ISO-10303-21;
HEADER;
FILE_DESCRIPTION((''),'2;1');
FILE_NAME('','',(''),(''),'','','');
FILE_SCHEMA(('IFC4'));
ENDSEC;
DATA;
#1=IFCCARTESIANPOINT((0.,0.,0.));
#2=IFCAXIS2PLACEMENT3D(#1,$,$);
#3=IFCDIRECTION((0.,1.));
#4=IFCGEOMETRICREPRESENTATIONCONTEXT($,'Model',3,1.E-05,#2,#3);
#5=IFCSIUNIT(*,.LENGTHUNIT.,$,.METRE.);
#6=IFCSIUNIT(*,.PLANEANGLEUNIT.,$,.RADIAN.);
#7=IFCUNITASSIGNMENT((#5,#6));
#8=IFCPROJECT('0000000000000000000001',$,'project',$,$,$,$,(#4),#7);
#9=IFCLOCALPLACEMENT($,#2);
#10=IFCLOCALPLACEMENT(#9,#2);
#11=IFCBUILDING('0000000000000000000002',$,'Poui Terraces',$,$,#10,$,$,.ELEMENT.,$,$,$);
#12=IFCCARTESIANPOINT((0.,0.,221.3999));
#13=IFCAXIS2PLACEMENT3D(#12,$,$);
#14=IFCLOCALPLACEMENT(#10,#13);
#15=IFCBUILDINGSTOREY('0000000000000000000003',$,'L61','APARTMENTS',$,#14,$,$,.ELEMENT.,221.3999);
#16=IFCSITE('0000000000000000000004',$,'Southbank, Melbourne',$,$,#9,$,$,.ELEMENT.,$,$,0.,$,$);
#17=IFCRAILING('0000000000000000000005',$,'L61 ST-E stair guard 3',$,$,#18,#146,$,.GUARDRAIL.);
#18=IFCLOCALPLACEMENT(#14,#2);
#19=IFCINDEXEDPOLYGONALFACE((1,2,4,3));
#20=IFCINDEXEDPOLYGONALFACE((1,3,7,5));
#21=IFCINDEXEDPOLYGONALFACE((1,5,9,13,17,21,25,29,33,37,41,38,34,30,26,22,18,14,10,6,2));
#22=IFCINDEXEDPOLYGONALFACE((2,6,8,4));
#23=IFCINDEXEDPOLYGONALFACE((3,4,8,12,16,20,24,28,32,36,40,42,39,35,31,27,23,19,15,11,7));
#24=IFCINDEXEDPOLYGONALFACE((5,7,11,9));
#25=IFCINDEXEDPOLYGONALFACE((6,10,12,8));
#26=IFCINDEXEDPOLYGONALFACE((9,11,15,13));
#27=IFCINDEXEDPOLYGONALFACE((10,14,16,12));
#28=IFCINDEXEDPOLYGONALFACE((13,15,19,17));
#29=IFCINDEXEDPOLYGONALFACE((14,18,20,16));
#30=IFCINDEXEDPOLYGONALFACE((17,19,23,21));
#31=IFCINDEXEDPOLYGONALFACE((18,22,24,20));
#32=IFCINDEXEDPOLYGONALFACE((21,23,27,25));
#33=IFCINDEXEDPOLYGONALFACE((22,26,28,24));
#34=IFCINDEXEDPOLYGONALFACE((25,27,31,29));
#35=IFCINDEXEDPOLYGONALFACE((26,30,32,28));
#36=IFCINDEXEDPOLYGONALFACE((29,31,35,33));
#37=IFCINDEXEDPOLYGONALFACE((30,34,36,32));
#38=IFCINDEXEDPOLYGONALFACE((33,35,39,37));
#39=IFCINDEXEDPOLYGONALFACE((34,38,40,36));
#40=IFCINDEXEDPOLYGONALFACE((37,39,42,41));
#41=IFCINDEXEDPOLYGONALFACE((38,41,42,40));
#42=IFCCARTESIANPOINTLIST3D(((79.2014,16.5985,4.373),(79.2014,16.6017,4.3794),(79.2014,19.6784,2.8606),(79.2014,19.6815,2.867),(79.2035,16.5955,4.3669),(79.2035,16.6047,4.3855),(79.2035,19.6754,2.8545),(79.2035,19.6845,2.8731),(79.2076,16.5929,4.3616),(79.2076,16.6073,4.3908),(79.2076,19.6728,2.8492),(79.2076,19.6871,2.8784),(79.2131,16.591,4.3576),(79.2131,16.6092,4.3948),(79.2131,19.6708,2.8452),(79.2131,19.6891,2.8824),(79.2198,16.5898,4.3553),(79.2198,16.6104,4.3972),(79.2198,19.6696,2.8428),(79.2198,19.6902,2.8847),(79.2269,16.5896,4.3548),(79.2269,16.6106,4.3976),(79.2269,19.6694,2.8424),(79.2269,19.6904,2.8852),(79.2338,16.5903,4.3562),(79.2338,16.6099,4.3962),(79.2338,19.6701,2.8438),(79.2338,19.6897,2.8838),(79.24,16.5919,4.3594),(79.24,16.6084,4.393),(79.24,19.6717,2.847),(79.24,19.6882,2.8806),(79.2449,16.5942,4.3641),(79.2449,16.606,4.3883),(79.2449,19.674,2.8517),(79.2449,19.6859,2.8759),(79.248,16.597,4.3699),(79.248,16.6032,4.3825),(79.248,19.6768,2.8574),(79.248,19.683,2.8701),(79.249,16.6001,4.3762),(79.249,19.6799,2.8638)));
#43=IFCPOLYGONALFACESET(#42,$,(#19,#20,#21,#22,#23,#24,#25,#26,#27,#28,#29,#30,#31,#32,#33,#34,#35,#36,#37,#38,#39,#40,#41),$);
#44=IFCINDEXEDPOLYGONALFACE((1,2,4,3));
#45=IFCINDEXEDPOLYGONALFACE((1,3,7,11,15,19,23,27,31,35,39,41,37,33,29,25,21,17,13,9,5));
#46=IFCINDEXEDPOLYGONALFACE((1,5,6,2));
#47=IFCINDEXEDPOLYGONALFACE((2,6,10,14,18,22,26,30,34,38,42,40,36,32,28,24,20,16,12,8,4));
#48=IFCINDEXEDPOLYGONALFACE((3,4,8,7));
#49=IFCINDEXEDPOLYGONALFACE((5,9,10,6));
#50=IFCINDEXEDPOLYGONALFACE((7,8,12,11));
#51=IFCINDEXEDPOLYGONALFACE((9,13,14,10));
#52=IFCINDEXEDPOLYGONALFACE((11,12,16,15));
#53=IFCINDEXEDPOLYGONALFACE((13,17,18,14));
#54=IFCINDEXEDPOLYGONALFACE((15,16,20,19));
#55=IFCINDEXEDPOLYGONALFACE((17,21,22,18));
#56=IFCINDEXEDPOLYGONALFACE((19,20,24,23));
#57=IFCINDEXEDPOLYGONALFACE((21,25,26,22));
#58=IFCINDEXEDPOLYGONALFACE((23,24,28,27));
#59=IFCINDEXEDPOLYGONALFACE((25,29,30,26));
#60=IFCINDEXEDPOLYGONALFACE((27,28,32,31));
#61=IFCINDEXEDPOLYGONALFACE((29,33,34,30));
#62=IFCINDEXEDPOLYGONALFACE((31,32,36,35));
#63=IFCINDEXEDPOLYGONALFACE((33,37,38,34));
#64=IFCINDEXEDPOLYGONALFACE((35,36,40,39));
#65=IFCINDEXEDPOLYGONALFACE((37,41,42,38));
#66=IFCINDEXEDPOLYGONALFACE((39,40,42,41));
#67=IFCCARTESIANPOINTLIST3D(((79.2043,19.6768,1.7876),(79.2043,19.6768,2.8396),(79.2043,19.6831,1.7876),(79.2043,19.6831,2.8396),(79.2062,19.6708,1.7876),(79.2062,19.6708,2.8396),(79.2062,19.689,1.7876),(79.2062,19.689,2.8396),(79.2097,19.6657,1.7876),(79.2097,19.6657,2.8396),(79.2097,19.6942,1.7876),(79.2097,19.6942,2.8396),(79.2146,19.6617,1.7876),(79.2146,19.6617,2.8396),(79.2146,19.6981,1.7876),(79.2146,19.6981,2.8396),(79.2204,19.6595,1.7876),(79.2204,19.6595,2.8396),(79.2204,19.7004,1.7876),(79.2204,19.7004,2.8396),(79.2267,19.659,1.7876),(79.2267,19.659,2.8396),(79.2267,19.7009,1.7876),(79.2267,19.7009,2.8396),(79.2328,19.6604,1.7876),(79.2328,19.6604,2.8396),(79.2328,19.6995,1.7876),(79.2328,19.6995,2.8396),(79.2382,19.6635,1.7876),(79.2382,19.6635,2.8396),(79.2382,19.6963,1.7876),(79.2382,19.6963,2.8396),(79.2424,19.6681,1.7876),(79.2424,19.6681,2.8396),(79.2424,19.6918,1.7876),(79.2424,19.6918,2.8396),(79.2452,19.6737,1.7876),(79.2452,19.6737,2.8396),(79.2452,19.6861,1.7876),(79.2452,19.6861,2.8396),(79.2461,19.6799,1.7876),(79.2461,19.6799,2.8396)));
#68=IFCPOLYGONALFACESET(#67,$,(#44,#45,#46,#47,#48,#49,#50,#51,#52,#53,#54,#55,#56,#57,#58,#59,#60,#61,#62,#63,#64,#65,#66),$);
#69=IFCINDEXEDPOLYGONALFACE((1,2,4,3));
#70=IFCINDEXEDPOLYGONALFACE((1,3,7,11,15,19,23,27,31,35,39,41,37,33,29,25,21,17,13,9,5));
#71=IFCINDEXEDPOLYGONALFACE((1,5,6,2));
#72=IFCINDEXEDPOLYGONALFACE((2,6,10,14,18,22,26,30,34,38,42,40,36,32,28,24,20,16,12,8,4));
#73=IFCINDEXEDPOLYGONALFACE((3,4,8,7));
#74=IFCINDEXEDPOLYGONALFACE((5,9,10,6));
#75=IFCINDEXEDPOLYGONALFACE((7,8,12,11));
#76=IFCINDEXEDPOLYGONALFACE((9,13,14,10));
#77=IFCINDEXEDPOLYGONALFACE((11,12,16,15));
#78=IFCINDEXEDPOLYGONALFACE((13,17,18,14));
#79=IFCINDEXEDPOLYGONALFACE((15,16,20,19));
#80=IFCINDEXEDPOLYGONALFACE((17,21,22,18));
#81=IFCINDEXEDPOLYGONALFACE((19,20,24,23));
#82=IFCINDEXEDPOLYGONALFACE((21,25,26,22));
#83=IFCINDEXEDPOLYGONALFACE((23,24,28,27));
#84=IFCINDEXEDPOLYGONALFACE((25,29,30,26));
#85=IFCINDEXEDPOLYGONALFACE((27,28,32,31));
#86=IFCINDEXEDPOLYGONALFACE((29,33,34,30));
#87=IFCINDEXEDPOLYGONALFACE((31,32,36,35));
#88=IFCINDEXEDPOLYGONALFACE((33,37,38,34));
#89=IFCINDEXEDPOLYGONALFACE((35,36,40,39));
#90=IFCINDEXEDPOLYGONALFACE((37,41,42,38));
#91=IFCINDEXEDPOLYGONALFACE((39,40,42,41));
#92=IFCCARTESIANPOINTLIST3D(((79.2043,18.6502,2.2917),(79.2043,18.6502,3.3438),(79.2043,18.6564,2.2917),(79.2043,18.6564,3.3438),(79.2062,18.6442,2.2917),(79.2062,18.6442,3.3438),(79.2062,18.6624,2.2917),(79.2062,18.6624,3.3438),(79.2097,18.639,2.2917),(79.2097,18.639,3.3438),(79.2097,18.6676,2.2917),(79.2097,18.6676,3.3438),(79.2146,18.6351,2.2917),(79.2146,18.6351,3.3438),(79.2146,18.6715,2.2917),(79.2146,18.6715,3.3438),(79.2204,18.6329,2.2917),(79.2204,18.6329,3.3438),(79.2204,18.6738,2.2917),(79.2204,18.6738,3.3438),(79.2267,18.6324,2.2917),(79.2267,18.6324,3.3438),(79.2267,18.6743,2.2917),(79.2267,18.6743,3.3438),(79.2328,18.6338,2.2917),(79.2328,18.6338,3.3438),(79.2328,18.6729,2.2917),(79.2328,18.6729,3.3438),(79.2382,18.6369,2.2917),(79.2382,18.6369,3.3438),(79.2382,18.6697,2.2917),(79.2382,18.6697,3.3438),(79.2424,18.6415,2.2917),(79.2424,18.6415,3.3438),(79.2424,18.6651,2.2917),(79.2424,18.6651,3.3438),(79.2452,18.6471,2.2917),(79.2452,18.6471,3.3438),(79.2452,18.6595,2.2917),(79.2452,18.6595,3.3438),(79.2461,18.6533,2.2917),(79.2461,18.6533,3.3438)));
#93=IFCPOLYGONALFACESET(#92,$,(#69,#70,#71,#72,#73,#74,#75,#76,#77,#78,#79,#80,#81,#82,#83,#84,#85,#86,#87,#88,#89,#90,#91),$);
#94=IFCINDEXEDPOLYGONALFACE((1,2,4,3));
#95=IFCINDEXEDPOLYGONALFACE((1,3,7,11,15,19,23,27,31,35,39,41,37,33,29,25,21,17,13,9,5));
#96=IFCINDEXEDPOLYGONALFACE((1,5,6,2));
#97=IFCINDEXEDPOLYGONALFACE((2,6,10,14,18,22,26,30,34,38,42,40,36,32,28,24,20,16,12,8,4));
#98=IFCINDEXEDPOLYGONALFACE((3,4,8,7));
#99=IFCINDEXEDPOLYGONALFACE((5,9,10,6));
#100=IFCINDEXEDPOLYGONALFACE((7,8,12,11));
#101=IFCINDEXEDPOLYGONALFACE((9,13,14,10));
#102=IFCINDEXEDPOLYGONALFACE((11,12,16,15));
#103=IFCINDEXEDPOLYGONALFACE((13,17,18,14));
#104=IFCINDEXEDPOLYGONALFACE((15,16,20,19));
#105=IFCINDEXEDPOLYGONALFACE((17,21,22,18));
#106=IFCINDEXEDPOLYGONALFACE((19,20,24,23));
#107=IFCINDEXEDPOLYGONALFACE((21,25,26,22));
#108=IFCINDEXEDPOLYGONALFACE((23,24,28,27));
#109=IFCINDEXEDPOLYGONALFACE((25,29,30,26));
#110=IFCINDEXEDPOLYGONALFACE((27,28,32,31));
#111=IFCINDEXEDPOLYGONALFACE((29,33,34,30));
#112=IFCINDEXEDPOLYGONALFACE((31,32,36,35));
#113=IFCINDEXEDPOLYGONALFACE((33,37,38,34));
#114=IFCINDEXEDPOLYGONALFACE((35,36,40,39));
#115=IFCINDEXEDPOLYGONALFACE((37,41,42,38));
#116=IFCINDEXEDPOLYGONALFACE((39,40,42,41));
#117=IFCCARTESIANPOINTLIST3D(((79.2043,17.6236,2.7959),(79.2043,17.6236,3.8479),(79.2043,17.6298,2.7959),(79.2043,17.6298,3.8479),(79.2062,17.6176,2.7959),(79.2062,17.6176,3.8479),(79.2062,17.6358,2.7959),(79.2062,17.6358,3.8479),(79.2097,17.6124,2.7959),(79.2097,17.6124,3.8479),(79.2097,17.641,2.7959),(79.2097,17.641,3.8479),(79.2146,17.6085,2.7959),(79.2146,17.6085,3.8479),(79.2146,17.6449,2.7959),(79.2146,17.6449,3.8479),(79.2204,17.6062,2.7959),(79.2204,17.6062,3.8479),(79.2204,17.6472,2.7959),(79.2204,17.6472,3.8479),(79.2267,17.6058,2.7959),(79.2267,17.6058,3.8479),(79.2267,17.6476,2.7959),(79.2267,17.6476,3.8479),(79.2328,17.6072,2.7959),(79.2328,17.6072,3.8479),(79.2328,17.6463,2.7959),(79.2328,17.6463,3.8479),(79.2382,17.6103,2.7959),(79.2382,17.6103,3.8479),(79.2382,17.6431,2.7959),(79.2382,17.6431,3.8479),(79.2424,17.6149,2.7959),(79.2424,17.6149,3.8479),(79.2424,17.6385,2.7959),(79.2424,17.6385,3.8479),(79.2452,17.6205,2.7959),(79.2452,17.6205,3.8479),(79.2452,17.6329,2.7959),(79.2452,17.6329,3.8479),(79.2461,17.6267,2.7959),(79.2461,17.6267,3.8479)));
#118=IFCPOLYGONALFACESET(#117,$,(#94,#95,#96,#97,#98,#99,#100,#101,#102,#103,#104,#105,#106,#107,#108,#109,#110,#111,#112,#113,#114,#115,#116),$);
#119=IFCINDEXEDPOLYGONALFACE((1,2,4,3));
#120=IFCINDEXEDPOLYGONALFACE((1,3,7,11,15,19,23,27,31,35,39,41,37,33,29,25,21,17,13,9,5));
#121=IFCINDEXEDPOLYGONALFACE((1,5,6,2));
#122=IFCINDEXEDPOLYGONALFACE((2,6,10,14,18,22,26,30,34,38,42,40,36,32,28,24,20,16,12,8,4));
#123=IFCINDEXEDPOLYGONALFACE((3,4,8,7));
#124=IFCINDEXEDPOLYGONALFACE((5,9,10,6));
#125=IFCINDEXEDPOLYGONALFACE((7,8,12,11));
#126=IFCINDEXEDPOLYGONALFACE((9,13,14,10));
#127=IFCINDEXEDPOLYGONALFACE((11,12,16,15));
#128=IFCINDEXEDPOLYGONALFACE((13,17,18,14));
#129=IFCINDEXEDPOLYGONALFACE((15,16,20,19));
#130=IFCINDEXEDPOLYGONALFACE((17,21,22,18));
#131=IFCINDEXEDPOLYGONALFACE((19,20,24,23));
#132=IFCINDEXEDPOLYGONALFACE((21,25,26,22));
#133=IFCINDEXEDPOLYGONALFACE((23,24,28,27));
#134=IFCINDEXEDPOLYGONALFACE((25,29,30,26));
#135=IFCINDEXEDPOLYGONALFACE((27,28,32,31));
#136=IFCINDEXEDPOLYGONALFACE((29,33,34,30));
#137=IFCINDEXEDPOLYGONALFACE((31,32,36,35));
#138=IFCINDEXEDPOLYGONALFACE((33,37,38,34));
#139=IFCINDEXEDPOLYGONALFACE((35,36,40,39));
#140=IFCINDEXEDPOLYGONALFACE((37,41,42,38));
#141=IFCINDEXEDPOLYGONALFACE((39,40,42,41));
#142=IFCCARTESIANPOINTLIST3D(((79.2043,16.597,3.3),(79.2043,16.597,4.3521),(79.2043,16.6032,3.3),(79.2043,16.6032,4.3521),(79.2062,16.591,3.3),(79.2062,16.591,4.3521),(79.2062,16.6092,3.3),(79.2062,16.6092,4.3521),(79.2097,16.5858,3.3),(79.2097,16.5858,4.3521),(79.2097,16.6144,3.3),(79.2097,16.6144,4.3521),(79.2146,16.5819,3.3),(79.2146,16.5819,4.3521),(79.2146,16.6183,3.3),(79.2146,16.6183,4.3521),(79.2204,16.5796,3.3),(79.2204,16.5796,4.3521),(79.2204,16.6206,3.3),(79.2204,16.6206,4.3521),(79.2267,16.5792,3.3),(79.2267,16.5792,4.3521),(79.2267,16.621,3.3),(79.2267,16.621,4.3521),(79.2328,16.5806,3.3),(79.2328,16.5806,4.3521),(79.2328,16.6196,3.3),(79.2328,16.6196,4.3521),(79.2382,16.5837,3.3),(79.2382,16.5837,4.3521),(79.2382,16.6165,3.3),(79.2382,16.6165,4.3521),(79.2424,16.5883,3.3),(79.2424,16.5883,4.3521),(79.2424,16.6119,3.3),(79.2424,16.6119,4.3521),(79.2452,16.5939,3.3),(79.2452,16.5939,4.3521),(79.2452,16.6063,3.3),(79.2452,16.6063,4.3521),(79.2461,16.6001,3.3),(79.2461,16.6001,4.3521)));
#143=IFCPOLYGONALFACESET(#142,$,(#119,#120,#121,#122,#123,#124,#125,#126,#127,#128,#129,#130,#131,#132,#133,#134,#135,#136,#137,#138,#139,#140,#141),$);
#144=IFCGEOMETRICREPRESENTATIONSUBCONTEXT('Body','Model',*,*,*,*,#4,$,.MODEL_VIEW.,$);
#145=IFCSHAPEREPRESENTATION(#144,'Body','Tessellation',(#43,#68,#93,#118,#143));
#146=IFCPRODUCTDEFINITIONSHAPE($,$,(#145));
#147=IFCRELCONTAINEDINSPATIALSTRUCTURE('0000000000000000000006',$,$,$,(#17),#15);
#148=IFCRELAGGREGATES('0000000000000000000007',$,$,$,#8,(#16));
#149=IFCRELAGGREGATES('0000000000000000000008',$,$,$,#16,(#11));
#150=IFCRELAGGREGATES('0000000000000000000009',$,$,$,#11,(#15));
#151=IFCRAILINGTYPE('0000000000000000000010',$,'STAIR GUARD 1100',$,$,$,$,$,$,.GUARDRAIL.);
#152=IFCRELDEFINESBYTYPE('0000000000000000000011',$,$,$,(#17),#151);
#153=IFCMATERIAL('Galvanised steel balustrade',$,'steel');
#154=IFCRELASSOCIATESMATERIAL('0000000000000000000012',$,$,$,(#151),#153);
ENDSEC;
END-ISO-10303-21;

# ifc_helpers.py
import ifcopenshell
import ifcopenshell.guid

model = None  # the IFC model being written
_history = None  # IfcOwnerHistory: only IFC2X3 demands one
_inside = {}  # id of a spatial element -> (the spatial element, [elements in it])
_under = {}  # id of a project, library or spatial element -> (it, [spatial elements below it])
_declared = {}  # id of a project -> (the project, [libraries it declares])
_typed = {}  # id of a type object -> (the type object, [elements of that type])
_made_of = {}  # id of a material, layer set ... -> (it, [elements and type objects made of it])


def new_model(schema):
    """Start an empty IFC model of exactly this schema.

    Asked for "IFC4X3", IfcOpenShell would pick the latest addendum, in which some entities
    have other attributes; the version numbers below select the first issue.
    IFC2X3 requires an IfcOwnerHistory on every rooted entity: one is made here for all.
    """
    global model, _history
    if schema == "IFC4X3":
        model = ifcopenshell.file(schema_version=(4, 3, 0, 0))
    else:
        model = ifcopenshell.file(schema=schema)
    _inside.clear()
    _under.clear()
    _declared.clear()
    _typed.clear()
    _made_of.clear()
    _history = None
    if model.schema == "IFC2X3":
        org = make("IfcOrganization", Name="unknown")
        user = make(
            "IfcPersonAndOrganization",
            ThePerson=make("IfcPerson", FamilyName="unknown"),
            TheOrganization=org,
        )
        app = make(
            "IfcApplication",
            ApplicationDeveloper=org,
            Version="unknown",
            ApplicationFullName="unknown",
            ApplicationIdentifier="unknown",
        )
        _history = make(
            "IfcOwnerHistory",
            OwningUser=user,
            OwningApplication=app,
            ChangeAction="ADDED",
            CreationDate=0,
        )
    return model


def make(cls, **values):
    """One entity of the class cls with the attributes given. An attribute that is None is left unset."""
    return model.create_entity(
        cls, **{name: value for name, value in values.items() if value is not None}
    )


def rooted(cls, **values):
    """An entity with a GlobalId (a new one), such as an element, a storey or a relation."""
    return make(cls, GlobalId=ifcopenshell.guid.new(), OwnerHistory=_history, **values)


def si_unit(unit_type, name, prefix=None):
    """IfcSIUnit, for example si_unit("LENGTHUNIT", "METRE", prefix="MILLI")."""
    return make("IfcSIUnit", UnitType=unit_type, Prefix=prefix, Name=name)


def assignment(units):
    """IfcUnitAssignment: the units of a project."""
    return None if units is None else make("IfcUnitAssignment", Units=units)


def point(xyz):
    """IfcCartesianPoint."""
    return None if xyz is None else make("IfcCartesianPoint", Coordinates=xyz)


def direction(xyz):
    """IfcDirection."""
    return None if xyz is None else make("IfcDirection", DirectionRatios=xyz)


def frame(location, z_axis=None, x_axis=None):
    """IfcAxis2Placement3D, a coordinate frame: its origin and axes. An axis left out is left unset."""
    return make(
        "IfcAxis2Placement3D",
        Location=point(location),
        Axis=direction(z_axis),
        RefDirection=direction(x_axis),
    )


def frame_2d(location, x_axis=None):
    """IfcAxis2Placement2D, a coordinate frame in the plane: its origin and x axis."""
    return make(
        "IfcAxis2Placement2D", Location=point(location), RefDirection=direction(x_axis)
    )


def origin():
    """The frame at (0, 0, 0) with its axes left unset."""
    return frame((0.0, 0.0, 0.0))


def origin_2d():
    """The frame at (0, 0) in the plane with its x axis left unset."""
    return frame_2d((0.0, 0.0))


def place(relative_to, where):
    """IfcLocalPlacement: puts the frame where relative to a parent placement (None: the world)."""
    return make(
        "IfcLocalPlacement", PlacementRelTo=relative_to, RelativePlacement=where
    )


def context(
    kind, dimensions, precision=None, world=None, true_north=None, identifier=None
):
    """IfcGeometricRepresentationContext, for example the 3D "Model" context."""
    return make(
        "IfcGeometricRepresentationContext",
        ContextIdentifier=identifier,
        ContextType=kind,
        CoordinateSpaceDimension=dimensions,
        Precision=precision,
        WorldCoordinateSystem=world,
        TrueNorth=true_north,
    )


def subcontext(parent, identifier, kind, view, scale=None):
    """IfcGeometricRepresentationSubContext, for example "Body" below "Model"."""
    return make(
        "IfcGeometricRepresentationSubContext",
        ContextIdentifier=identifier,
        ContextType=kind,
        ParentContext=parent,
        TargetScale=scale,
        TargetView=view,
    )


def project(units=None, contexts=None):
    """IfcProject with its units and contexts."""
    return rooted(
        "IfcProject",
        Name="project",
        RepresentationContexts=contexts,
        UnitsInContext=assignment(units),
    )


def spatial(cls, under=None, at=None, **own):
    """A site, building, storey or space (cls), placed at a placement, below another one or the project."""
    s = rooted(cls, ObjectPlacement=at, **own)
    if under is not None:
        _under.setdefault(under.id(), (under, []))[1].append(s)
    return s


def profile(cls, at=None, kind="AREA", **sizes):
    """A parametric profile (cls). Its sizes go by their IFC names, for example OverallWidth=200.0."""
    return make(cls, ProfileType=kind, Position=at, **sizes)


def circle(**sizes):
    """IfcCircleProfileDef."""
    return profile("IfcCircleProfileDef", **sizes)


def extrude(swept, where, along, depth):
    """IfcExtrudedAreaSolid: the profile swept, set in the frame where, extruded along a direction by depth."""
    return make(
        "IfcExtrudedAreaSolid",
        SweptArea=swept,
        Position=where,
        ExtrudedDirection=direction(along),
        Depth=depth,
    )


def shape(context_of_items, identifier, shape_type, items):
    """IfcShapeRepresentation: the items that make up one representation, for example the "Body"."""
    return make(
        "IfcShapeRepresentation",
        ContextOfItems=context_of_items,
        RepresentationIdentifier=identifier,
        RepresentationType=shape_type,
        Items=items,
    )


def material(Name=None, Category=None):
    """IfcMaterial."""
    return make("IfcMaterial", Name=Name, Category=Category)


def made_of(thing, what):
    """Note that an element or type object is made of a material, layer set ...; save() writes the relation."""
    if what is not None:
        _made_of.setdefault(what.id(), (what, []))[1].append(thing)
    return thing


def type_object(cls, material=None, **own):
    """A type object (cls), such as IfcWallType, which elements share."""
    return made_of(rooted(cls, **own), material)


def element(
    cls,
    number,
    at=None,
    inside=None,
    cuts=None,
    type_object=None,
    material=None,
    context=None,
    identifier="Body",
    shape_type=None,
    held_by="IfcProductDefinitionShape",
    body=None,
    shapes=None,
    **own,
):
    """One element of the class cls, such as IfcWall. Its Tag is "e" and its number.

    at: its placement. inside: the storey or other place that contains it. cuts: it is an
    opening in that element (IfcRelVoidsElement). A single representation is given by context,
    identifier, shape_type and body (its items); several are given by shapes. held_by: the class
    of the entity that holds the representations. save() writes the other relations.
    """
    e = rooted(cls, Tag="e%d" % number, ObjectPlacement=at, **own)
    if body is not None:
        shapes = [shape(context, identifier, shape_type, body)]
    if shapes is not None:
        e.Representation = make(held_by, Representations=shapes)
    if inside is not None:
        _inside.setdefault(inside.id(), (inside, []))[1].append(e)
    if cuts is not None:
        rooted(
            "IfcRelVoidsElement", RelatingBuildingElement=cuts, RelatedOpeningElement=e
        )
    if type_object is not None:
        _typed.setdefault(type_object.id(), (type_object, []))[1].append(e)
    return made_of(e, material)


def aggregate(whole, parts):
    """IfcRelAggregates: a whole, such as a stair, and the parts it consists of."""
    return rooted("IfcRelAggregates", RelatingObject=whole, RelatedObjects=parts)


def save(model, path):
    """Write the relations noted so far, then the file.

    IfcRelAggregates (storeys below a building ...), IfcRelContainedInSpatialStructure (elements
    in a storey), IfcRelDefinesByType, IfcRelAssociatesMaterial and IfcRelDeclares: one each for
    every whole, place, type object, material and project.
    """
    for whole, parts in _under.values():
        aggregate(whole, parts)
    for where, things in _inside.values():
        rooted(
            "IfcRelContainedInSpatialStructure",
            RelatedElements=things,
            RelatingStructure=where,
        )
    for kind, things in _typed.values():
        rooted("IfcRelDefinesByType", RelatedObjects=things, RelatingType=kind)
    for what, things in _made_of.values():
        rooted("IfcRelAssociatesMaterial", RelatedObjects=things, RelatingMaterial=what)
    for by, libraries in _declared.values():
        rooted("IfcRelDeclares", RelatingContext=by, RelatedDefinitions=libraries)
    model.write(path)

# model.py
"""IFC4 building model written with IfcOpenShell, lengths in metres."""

from ifc_helpers import new_model, si_unit, direction, frame, origin, origin_2d, place, context, subcontext, project, spatial, circle, extrude, material, type_object, element, save


model = new_model("IFC4")

# Units and contexts
model_context = context("Model", 3, precision=1e-05, world=origin(), true_north=direction((0.0, 1.0)))
body_context = subcontext(model_context, "Body", "Model", "MODEL_VIEW")
ifc_project = project(units=[si_unit("LENGTHUNIT", "METRE"), si_unit("PLANEANGLEUNIT", "RADIAN")], contexts=[model_context])

# Site, building, storey
site_placement = place(None, origin())
site = spatial("IfcSite", under=ifc_project, at=site_placement, Name="Southbank, Melbourne", CompositionType="ELEMENT", RefElevation=0.0)
building_placement = place(site_placement, origin())
building = spatial("IfcBuilding", under=site, at=building_placement, Name="Poui Terraces", CompositionType="ELEMENT")
storey_placement = place(building_placement, frame((0.0, 0.0, 221.3999)))
storey = spatial("IfcBuildingStorey", under=building, at=storey_placement, Name="L61", Description="APARTMENTS", CompositionType="ELEMENT", Elevation=221.3999)

# Railing
ifc_material_1 = material(Name="Galvanised steel balustrade", Category="steel")
railing_type_1 = type_object("IfcRailingType", Name="STAIR GUARD 1100", PredefinedType="GUARDRAIL", material=ifc_material_1)
railing_1_placement = place(storey_placement, frame((79.2251, 19.6799, 1.7876)))
element("IfcRailing", 1, at=railing_1_placement, inside=storey, type_object=railing_type_1, Name="L61 ST-E stair guard 3", PredefinedType="GUARDRAIL", context=body_context, shape_type="SweptSolid", body=[
    extrude(circle(Radius=0.0239, at=origin_2d()), frame((0.0, 0.0, 1.0762), z_axis=(0.0, -0.897606, 0.440798), x_axis=(1.0, 0.0, 0.0)), (0.0, 0.0, 1.0), 3.4312),
    extrude(circle(Radius=0.021, at=origin_2d()), origin(), (0.0, 0.0, 1.0), 1.052),
    extrude(circle(Radius=0.021, at=origin_2d()), frame((0.0, -1.0266, 0.5042)), (0.0, 0.0, 1.0), 1.052),
    extrude(circle(Radius=0.021, at=origin_2d()), frame((0.0, -2.0532, 1.0083)), (0.0, 0.0, 1.0), 1.052),
    extrude(circle(Radius=0.021, at=origin_2d()), frame((0.0, -3.0798, 1.5125)), (0.0, 0.0, 1.0), 1.052),
])

save(model, "model.ifc")
